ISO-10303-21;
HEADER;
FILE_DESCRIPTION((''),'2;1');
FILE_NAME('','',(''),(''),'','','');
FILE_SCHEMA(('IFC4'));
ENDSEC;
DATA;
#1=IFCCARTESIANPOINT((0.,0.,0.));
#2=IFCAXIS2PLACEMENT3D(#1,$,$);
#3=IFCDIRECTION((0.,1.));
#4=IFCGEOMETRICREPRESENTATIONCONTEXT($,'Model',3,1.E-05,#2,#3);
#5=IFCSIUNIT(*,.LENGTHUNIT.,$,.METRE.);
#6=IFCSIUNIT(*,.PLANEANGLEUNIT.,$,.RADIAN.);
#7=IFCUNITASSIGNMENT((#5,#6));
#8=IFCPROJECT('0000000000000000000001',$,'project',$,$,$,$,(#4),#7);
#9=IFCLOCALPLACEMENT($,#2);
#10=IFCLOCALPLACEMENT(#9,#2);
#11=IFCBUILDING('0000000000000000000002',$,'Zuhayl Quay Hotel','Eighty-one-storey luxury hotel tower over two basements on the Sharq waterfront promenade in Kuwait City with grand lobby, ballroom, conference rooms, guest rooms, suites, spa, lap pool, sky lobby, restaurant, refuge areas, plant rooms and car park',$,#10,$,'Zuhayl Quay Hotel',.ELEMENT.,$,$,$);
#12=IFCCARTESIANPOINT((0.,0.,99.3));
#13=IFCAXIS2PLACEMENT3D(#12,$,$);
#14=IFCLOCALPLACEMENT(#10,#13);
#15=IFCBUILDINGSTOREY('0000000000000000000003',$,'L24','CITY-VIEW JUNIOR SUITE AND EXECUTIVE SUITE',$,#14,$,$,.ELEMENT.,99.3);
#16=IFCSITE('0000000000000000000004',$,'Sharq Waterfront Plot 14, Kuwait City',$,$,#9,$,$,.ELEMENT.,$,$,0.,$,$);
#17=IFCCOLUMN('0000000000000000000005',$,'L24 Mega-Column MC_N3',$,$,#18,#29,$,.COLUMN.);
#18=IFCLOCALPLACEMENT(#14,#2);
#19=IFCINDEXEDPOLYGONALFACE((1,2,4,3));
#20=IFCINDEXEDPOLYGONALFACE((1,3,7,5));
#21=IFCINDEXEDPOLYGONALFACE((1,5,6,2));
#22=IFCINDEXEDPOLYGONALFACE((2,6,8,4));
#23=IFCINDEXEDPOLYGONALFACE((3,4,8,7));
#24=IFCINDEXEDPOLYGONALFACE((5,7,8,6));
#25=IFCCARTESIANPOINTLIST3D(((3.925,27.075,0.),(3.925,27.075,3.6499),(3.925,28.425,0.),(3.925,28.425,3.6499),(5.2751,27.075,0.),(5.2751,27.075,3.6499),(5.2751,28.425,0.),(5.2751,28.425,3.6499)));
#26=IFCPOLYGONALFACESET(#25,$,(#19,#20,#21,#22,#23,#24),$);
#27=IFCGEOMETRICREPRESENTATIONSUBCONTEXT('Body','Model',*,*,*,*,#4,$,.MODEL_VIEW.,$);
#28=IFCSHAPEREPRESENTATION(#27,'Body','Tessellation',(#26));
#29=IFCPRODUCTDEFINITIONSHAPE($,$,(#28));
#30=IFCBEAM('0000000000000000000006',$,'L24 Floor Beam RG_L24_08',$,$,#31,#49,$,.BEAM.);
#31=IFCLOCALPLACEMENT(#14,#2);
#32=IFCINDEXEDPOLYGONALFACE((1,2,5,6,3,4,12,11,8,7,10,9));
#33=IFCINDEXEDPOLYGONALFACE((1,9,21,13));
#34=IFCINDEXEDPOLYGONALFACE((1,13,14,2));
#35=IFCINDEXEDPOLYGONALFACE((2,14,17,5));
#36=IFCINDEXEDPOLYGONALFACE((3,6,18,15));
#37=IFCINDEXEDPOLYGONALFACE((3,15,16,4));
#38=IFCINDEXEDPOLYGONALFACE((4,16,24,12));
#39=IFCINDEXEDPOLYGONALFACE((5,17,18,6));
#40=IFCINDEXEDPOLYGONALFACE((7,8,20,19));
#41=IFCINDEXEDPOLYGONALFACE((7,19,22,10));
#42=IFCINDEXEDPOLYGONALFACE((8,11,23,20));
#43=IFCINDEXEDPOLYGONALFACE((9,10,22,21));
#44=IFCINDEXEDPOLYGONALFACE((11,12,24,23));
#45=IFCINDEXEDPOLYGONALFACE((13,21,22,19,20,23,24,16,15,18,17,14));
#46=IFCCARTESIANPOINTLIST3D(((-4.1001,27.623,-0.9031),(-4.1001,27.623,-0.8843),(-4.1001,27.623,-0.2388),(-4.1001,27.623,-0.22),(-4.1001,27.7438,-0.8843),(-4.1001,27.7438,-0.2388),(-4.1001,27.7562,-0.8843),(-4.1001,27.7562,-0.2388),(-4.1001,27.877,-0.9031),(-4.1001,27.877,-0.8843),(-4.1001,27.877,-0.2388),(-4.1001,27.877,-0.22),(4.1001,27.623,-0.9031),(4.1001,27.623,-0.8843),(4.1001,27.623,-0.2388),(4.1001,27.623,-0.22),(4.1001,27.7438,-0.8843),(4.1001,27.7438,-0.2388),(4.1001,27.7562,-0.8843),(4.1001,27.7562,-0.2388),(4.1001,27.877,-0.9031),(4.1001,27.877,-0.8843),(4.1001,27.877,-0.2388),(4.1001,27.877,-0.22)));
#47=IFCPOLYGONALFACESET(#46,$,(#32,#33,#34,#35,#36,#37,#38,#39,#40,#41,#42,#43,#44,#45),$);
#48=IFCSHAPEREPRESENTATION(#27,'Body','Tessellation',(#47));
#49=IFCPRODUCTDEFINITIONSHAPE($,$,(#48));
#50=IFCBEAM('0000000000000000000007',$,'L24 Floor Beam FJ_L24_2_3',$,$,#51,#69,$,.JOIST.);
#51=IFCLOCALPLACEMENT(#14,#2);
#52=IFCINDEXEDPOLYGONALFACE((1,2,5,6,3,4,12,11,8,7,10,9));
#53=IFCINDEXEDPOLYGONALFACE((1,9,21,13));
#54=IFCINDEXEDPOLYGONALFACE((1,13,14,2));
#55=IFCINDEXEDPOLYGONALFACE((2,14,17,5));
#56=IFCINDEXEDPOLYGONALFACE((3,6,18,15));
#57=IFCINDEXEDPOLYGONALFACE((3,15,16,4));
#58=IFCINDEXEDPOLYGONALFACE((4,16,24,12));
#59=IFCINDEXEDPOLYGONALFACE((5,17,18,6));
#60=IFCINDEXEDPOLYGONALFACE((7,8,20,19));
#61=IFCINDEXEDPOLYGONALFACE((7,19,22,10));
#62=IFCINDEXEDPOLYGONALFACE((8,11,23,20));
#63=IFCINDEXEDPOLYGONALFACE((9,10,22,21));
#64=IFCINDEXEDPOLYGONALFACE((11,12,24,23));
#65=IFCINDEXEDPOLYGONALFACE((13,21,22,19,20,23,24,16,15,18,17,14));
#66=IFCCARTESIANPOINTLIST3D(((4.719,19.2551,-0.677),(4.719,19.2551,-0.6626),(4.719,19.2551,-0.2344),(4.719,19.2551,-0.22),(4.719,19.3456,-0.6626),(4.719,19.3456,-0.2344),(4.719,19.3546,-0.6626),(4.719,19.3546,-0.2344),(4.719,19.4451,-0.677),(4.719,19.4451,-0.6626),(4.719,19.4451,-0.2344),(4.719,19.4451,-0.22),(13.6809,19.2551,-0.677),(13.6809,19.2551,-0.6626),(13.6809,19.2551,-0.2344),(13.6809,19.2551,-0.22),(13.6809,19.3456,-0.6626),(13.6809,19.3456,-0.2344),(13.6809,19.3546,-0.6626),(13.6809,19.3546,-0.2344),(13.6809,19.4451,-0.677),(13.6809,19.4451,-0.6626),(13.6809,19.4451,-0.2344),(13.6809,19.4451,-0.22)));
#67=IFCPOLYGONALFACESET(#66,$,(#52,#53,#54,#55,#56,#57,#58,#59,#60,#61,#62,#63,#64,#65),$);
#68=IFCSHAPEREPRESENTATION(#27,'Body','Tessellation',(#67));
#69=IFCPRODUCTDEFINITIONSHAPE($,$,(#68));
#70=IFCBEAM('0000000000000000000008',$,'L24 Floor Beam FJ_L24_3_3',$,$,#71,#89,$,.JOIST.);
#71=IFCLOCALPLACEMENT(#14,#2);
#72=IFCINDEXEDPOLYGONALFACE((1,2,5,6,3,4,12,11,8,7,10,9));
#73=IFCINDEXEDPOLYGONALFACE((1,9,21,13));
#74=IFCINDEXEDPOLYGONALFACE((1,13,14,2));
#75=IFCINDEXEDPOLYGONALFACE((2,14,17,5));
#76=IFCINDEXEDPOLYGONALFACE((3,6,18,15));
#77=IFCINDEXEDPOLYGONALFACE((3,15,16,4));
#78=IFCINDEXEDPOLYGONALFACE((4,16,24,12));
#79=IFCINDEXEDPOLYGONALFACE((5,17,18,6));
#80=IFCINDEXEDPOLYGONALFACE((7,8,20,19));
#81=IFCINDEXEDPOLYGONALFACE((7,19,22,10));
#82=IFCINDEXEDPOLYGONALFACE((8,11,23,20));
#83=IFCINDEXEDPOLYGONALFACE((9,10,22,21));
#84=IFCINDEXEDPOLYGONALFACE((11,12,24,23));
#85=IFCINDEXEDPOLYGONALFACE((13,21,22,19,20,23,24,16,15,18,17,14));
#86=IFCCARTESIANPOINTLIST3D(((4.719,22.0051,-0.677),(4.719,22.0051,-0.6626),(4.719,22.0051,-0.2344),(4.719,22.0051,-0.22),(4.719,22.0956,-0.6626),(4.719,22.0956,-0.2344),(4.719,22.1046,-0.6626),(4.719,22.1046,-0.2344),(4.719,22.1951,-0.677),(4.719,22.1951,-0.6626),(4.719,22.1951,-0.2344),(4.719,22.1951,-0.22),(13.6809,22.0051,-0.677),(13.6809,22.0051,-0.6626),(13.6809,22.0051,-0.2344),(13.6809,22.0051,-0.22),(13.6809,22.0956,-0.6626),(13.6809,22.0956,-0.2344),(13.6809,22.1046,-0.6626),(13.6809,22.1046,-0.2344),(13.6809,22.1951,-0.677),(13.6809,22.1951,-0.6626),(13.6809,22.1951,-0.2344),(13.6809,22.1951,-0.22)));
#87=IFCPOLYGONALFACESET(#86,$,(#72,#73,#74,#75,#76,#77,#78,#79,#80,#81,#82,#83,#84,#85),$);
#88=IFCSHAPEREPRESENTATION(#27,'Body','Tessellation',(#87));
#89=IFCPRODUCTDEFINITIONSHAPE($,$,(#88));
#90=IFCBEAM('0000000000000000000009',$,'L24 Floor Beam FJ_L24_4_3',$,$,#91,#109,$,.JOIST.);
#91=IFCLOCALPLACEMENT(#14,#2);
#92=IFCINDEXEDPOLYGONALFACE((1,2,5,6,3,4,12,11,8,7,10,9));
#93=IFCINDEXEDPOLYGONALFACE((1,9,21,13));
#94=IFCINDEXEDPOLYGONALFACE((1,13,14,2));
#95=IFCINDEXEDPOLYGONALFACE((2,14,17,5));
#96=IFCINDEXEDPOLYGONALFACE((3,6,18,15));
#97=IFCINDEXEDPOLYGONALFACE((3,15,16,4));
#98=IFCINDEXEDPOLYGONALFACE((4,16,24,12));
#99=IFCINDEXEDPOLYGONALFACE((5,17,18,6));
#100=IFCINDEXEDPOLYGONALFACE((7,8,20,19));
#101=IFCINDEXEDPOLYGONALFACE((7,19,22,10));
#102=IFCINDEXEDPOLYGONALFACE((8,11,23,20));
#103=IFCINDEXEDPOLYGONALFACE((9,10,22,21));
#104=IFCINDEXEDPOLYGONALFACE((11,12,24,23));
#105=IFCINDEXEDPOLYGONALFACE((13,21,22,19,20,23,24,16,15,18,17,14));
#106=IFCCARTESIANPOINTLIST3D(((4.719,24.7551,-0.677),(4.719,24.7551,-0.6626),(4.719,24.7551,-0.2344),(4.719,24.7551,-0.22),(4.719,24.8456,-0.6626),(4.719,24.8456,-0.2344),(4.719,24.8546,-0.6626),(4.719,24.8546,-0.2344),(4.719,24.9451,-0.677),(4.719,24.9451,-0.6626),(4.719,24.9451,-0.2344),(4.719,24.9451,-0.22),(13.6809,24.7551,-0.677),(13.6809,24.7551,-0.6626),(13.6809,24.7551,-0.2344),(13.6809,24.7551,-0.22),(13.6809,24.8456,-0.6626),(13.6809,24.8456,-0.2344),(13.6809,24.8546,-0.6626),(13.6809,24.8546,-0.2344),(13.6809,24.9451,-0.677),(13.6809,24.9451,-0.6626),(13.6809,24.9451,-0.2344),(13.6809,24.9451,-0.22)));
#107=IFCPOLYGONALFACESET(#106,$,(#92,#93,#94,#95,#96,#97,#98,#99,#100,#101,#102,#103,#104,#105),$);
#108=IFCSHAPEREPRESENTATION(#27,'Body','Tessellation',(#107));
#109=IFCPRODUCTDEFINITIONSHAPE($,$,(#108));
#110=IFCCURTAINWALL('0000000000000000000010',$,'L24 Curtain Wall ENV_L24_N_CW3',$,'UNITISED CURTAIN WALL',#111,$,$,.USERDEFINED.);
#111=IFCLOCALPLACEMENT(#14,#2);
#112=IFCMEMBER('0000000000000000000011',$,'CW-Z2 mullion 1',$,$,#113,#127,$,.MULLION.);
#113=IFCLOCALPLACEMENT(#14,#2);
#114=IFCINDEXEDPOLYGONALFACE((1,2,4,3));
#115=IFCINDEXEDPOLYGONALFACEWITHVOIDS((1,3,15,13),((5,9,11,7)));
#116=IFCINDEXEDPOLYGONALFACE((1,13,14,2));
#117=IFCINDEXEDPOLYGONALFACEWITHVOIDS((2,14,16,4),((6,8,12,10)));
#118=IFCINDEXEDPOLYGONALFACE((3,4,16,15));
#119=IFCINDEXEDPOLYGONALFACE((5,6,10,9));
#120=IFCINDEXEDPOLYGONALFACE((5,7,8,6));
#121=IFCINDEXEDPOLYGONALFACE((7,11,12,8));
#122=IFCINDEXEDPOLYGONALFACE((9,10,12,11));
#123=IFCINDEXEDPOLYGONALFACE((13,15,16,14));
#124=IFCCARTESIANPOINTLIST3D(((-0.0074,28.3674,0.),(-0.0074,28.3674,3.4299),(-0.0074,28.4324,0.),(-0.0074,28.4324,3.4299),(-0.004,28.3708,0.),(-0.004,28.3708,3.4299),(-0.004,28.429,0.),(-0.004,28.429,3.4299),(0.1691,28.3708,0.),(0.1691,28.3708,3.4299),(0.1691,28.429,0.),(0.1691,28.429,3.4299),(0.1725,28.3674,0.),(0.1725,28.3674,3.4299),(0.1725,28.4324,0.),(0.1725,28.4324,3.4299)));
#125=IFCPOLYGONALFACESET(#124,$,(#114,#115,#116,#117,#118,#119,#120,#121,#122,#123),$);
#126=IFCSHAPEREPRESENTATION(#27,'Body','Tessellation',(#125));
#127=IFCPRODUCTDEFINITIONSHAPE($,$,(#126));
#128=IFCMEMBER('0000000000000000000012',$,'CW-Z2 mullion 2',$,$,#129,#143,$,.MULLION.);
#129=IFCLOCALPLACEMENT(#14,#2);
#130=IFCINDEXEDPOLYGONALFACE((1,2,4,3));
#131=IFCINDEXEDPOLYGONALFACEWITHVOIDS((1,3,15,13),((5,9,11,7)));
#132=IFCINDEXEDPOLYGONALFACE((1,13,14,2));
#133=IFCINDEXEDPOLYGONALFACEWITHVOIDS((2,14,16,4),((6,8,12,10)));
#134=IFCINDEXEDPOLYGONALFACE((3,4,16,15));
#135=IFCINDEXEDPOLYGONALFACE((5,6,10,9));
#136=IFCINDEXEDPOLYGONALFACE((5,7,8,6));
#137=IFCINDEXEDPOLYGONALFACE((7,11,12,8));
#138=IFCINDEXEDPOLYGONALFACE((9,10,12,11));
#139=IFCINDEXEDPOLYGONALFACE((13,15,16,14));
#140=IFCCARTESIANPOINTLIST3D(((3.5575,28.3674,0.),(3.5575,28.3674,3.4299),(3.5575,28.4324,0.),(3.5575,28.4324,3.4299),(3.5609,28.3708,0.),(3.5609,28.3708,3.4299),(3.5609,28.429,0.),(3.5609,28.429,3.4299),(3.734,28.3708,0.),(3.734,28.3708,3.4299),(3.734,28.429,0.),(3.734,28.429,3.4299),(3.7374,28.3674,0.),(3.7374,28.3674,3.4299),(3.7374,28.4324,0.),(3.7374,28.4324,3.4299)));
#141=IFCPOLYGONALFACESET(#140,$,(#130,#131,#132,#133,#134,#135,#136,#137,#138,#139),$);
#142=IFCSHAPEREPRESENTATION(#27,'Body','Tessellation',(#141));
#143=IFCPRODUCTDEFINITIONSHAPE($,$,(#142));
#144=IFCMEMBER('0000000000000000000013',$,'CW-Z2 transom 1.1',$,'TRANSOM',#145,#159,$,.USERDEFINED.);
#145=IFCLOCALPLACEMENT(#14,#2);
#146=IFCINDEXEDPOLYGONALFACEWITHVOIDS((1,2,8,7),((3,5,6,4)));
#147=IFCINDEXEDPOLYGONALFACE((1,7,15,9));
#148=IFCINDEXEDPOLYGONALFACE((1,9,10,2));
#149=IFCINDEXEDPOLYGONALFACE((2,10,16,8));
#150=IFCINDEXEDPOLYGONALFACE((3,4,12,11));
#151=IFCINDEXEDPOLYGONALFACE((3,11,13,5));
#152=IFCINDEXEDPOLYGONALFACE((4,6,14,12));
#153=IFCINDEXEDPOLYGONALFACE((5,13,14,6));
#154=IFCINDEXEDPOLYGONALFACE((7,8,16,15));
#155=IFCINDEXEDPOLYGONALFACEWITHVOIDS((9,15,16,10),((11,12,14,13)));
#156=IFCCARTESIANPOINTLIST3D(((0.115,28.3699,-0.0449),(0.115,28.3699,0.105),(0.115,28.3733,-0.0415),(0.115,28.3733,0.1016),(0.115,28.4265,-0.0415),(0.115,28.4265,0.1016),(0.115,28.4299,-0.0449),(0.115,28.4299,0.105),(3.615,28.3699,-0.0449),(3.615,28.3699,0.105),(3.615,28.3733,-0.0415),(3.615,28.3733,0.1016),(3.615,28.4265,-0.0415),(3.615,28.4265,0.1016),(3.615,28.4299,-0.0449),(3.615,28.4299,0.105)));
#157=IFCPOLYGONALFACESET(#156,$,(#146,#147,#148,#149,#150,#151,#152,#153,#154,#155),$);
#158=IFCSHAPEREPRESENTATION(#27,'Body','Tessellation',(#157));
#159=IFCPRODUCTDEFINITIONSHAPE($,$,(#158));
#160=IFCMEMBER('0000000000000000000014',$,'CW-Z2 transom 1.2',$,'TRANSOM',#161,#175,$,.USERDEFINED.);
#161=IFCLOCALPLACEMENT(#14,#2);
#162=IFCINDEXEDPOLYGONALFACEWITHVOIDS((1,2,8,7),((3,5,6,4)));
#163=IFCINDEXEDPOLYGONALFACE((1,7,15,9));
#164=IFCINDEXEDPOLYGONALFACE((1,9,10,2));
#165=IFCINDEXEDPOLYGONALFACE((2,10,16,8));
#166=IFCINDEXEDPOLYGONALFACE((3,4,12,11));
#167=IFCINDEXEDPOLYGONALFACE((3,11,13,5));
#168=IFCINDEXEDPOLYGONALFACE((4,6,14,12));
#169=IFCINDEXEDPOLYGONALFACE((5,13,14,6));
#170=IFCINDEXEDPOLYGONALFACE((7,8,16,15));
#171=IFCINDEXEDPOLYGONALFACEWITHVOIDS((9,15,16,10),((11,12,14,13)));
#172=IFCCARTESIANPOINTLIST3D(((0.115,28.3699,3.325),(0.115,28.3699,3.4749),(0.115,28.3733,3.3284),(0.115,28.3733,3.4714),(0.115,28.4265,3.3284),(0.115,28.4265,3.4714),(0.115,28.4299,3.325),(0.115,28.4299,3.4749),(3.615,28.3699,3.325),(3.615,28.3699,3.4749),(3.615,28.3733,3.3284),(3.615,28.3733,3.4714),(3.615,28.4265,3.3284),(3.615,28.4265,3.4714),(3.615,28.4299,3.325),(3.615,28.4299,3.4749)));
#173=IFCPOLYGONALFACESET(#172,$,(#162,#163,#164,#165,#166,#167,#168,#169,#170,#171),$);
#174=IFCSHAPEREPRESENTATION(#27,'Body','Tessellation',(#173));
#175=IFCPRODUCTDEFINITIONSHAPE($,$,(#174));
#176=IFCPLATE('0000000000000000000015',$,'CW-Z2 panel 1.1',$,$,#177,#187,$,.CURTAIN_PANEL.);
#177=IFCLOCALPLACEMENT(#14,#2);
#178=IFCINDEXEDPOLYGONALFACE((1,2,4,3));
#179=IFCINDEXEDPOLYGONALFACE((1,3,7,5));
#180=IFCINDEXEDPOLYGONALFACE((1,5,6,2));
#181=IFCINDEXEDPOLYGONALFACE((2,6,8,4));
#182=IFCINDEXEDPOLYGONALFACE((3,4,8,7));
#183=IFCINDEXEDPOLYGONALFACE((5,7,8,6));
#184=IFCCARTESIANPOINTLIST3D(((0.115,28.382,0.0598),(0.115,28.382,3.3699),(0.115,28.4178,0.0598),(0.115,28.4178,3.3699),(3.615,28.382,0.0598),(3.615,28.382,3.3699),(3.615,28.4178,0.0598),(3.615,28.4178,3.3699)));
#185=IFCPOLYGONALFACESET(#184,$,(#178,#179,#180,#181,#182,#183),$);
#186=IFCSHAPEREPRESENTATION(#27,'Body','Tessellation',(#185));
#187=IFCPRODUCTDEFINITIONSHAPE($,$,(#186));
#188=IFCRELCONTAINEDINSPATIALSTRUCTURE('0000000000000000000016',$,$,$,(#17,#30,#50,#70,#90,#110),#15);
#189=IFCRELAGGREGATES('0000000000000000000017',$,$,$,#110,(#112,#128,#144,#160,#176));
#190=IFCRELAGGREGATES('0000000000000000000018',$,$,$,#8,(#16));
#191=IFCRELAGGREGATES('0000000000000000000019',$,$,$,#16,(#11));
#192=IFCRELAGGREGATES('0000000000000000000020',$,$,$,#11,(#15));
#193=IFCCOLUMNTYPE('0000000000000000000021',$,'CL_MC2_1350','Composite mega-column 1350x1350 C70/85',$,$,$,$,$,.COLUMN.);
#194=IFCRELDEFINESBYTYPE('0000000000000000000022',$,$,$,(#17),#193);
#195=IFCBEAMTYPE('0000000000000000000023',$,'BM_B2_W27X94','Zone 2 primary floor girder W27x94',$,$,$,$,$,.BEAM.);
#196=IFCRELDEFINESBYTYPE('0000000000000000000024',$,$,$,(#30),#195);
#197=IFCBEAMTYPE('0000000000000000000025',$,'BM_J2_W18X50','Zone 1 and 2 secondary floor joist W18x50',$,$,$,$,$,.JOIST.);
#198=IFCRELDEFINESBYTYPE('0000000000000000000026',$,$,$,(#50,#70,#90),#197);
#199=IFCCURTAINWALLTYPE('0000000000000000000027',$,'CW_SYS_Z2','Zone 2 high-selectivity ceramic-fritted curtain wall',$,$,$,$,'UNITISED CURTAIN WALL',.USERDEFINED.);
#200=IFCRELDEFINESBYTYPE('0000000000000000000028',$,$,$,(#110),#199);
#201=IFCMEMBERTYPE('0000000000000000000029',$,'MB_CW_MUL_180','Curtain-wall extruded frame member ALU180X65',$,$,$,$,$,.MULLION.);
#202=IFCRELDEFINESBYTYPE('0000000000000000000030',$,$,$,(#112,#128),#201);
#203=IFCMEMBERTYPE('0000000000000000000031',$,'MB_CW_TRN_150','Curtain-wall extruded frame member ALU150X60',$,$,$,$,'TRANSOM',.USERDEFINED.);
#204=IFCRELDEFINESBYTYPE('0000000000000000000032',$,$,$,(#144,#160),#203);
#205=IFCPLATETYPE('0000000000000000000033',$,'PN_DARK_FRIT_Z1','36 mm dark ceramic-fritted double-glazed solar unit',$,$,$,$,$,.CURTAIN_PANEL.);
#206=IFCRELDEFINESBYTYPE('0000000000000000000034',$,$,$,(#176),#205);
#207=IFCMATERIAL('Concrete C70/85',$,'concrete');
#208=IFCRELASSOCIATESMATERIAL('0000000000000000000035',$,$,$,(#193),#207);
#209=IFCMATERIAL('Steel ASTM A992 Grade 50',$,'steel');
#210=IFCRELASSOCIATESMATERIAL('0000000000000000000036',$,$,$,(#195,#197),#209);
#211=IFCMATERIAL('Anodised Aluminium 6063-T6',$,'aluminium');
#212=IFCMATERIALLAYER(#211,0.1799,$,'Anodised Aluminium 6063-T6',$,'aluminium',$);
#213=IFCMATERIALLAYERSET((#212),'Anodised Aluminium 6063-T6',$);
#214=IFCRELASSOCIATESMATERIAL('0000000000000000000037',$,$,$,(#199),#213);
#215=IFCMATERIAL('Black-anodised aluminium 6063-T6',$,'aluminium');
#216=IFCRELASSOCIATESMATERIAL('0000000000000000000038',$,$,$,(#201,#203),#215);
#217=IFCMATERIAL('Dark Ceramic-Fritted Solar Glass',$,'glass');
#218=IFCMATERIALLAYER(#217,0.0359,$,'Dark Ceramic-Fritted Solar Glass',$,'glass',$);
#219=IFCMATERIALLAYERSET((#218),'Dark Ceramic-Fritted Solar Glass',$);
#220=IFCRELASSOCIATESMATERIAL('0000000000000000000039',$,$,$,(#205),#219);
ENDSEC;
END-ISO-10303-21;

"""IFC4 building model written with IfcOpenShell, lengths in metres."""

from ifc_helpers import new_model, si_unit, direction, frame, origin, origin_2d, place, context, subcontext, project, spatial, rectangle, hollow_rectangle, i_section, extrude, material, layer, layer_set, material_profile, profile_set, type_object, element, aggregate, save


model = new_model("IFC4")

# Units and contexts
model_context = context("Model", 3, precision=1e-05, world=origin(), true_north=direction((0.0, 1.0)))
body_context = subcontext(model_context, "Body", "Model", "MODEL_VIEW")
ifc_project = project(units=[si_unit("LENGTHUNIT", "METRE"), si_unit("PLANEANGLEUNIT", "RADIAN")], contexts=[model_context])

# Site, building, storey
site_placement = place(None, origin())
site = spatial("IfcSite", under=ifc_project, at=site_placement, Name="Sharq Waterfront Plot 14, Kuwait City", CompositionType="ELEMENT", RefElevation=0.0)
building_placement = place(site_placement, origin())
building = spatial("IfcBuilding", under=site, at=building_placement, Name="Zuhayl Quay Hotel", Description="Eighty-one-storey luxury hotel tower over two basements on the Sharq waterfront promenade in Kuwait City with grand lobby, ballroom, conference rooms, guest rooms, suites, spa, lap pool, sky lobby, restaurant, refuge areas, plant rooms and car park", LongName="Zuhayl Quay Hotel", CompositionType="ELEMENT")
storey_placement = place(building_placement, frame((0.0, 0.0, 99.3)))
storey = spatial("IfcBuildingStorey", under=building, at=storey_placement, Name="L24", Description="CITY-VIEW JUNIOR SUITE AND EXECUTIVE SUITE", CompositionType="ELEMENT", Elevation=99.3)

# Column
ifc_material_1 = material(Name="Concrete C70/85", Category="concrete")
ifc_material_profile_1 = material_profile(ifc_material_1, rectangle(XDim=1.3501, YDim=1.3501, at=origin_2d()), Name="RC1350X1350")
ifc_profile_set_1 = profile_set([ifc_material_profile_1], Name="Concrete C70/85")
column_type = type_object("IfcColumnType", Name="CL_MC2_1350", Description="Composite mega-column 1350x1350 C70/85", PredefinedType="COLUMN", material=ifc_profile_set_1)
column_placement = place(storey_placement, frame((4.6001, 27.75, 0.0), z_axis=(0.0, 0.0, 1.0), x_axis=(1.0, 0.0, 0.0)))
element("IfcColumn", 1, at=column_placement, inside=storey, type_object=column_type, Name="L24 Mega-Column MC_N3", PredefinedType="COLUMN", context=body_context, shape_type="SweptSolid", body=[
    extrude(rectangle(XDim=1.3501, YDim=1.3501, at=origin_2d()), origin(), (0.0, 0.0, 1.0), 3.6499),
])

# Beams
ifc_material_2 = material(Name="Steel ASTM A992 Grade 50", Category="steel")
ifc_material_profile_2 = material_profile(ifc_material_2, i_section(OverallWidth=0.2539, OverallDepth=0.6831, WebThickness=0.0125, FlangeThickness=0.0188, at=origin_2d()), Name="W27X94")
ifc_profile_set_2 = profile_set([ifc_material_profile_2], Name="Steel ASTM A992 Grade 50")
beam_type_1 = type_object("IfcBeamType", Name="BM_B2_W27X94", Description="Zone 2 primary floor girder W27x94", PredefinedType="BEAM", material=ifc_profile_set_2)
beam_placement = place(storey_placement, frame((4.1001, 27.75, -0.5615), z_axis=(-1.0, 0.0, 0.0), x_axis=(0.0, -1.0, 0.0)))
element("IfcBeam", 2, at=beam_placement, inside=storey, type_object=beam_type_1, Name="L24 Floor Beam RG_L24_08", PredefinedType="BEAM", context=body_context, shape_type="SweptSolid", body=[
    extrude(i_section(OverallWidth=0.2539, OverallDepth=0.6831, WebThickness=0.0125, FlangeThickness=0.0188, at=origin_2d()), origin(), (0.0, 0.0, 1.0), 8.2002),
])
ifc_material_profile_3 = material_profile(ifc_material_2, i_section(OverallWidth=0.1899, OverallDepth=0.457, WebThickness=0.009, FlangeThickness=0.0144, at=origin_2d()), Name="W18X50")
ifc_profile_set_3 = profile_set([ifc_material_profile_3], Name="Steel ASTM A992 Grade 50")
beam_type_2 = type_object("IfcBeamType", Name="BM_J2_W18X50", Description="Zone 1 and 2 secondary floor joist W18x50", PredefinedType="JOIST", material=ifc_profile_set_3)
for number, where, z_axis, x_axis, name in (
    (3, (4.719, 19.3501, -0.4485), (1.0, 0.0, 0.0), (0.0, 1.0, 0.0), "L24 Floor Beam FJ_L24_2_3"),
    (4, (4.719, 22.1001, -0.4485), (1.0, 0.0, 0.0), (0.0, 1.0, 0.0), "L24 Floor Beam FJ_L24_3_3"),
    (5, (4.719, 24.8501, -0.4485), (1.0, 0.0, 0.0), (0.0, 1.0, 0.0), "L24 Floor Beam FJ_L24_4_3"),
):
    element("IfcBeam", number, at=place(storey_placement, frame(where, z_axis=z_axis, x_axis=x_axis)), inside=storey, type_object=beam_type_2, Name=name, PredefinedType="JOIST", context=body_context, shape_type="SweptSolid", body=[
        extrude(i_section(OverallWidth=0.1899, OverallDepth=0.457, WebThickness=0.009, FlangeThickness=0.0144, at=origin_2d()), origin(), (0.0, 0.0, 1.0), 8.9619),
    ])

# Curtain wall, members, plate
ifc_material_3 = material(Name="Anodised Aluminium 6063-T6", Category="aluminium")
ifc_layer_1 = layer(ifc_material_3, 0.1799, Name="Anodised Aluminium 6063-T6", Category="aluminium")
ifc_layer_set_1 = layer_set([ifc_layer_1], Name="Anodised Aluminium 6063-T6")
curtain_wall_type = type_object("IfcCurtainWallType", Name="CW_SYS_Z2", Description="Zone 2 high-selectivity ceramic-fritted curtain wall", ElementType="UNITISED CURTAIN WALL", PredefinedType="USERDEFINED", material=ifc_layer_set_1)
curtain_wall_placement = place(storey_placement, origin())
curtain_wall = element("IfcCurtainWall", 6, at=curtain_wall_placement, inside=storey, type_object=curtain_wall_type, Name="L24 Curtain Wall ENV_L24_N_CW3", ObjectType="UNITISED CURTAIN WALL", PredefinedType="USERDEFINED")
ifc_material_4 = material(Name="Black-anodised aluminium 6063-T6", Category="aluminium")
ifc_material_profile_4 = material_profile(ifc_material_4, hollow_rectangle(XDim=0.0649, YDim=0.1799, WallThickness=0.0034, at=origin_2d()), Name="ALU180X65")
ifc_profile_set_4 = profile_set([ifc_material_profile_4], Name="Black-anodised aluminium 6063-T6")
member_type_1 = type_object("IfcMemberType", Name="MB_CW_MUL_180", Description="Curtain-wall extruded frame member ALU180X65", PredefinedType="MULLION", material=ifc_profile_set_4)
member_1_placement = place(storey_placement, frame((0.0825, 28.3999, 0.0), z_axis=(0.0, 0.0, 1.0), x_axis=(0.0, 1.0, 0.0)))
member_1 = element("IfcMember", 7, at=member_1_placement, type_object=member_type_1, Name="CW-Z2 mullion 1", PredefinedType="MULLION", context=body_context, shape_type="SweptSolid", body=[
    extrude(hollow_rectangle(XDim=0.0649, YDim=0.1799, WallThickness=0.0034, at=origin_2d()), origin(), (0.0, 0.0, 1.0), 3.4299),
])
member_2_placement = place(storey_placement, frame((3.6475, 28.3999, 0.0), z_axis=(0.0, 0.0, 1.0), x_axis=(0.0, 1.0, 0.0)))
member_2 = element("IfcMember", 8, at=member_2_placement, type_object=member_type_1, Name="CW-Z2 mullion 2", PredefinedType="MULLION", context=body_context, shape_type="SweptSolid", body=[
    extrude(hollow_rectangle(XDim=0.0649, YDim=0.1799, WallThickness=0.0034, at=origin_2d()), origin(), (0.0, 0.0, 1.0), 3.4299),
])
ifc_material_profile_5 = material_profile(ifc_material_4, hollow_rectangle(XDim=0.0601, YDim=0.1499, WallThickness=0.0034, at=origin_2d()), Name="ALU150X60")
ifc_profile_set_5 = profile_set([ifc_material_profile_5], Name="Black-anodised aluminium 6063-T6")
member_type_2 = type_object("IfcMemberType", Name="MB_CW_TRN_150", Description="Curtain-wall extruded frame member ALU150X60", ElementType="TRANSOM", PredefinedType="USERDEFINED", material=ifc_profile_set_5)
member_3_placement = place(storey_placement, frame((0.115, 28.3999, 0.03), z_axis=(1.0, 0.0, 0.0), x_axis=(0.0, 1.0, 0.0)))
member_3 = element("IfcMember", 9, at=member_3_placement, type_object=member_type_2, Name="CW-Z2 transom 1.1", ObjectType="TRANSOM", PredefinedType="USERDEFINED", context=body_context, shape_type="SweptSolid", body=[
    extrude(hollow_rectangle(XDim=0.0601, YDim=0.1499, WallThickness=0.0034, at=origin_2d()), origin(), (0.0, 0.0, 1.0), 3.5),
])
member_4_placement = place(storey_placement, frame((0.115, 28.3999, 3.3999), z_axis=(1.0, 0.0, 0.0), x_axis=(0.0, 1.0, 0.0)))
member_4 = element("IfcMember", 10, at=member_4_placement, type_object=member_type_2, Name="CW-Z2 transom 1.2", ObjectType="TRANSOM", PredefinedType="USERDEFINED", context=body_context, shape_type="SweptSolid", body=[
    extrude(hollow_rectangle(XDim=0.0601, YDim=0.1499, WallThickness=0.0034, at=origin_2d()), origin(), (0.0, 0.0, 1.0), 3.5),
])
ifc_material_5 = material(Name="Dark Ceramic-Fritted Solar Glass", Category="glass")
ifc_layer_2 = layer(ifc_material_5, 0.0359, Name="Dark Ceramic-Fritted Solar Glass", Category="glass")
ifc_layer_set_2 = layer_set([ifc_layer_2], Name="Dark Ceramic-Fritted Solar Glass")
plate_type = type_object("IfcPlateType", Name="PN_DARK_FRIT_Z1", Description="36 mm dark ceramic-fritted double-glazed solar unit", PredefinedType="CURTAIN_PANEL", material=ifc_layer_set_2)
plate_placement = place(storey_placement, frame((1.865, 28.3999, 0.0598), z_axis=(0.0, 0.0, 1.0), x_axis=(1.0, 0.0, 0.0)))
plate = element("IfcPlate", 11, at=plate_placement, type_object=plate_type, Name="CW-Z2 panel 1.1", PredefinedType="CURTAIN_PANEL", context=body_context, shape_type="SweptSolid", body=[
    extrude(rectangle(XDim=3.5, YDim=0.0359, at=origin_2d()), origin(), (0.0, 0.0, 1.0), 3.3101),
])
aggregate(curtain_wall, [member_1, member_2, member_3, member_4, plate])

save(model, "model.ifc")
